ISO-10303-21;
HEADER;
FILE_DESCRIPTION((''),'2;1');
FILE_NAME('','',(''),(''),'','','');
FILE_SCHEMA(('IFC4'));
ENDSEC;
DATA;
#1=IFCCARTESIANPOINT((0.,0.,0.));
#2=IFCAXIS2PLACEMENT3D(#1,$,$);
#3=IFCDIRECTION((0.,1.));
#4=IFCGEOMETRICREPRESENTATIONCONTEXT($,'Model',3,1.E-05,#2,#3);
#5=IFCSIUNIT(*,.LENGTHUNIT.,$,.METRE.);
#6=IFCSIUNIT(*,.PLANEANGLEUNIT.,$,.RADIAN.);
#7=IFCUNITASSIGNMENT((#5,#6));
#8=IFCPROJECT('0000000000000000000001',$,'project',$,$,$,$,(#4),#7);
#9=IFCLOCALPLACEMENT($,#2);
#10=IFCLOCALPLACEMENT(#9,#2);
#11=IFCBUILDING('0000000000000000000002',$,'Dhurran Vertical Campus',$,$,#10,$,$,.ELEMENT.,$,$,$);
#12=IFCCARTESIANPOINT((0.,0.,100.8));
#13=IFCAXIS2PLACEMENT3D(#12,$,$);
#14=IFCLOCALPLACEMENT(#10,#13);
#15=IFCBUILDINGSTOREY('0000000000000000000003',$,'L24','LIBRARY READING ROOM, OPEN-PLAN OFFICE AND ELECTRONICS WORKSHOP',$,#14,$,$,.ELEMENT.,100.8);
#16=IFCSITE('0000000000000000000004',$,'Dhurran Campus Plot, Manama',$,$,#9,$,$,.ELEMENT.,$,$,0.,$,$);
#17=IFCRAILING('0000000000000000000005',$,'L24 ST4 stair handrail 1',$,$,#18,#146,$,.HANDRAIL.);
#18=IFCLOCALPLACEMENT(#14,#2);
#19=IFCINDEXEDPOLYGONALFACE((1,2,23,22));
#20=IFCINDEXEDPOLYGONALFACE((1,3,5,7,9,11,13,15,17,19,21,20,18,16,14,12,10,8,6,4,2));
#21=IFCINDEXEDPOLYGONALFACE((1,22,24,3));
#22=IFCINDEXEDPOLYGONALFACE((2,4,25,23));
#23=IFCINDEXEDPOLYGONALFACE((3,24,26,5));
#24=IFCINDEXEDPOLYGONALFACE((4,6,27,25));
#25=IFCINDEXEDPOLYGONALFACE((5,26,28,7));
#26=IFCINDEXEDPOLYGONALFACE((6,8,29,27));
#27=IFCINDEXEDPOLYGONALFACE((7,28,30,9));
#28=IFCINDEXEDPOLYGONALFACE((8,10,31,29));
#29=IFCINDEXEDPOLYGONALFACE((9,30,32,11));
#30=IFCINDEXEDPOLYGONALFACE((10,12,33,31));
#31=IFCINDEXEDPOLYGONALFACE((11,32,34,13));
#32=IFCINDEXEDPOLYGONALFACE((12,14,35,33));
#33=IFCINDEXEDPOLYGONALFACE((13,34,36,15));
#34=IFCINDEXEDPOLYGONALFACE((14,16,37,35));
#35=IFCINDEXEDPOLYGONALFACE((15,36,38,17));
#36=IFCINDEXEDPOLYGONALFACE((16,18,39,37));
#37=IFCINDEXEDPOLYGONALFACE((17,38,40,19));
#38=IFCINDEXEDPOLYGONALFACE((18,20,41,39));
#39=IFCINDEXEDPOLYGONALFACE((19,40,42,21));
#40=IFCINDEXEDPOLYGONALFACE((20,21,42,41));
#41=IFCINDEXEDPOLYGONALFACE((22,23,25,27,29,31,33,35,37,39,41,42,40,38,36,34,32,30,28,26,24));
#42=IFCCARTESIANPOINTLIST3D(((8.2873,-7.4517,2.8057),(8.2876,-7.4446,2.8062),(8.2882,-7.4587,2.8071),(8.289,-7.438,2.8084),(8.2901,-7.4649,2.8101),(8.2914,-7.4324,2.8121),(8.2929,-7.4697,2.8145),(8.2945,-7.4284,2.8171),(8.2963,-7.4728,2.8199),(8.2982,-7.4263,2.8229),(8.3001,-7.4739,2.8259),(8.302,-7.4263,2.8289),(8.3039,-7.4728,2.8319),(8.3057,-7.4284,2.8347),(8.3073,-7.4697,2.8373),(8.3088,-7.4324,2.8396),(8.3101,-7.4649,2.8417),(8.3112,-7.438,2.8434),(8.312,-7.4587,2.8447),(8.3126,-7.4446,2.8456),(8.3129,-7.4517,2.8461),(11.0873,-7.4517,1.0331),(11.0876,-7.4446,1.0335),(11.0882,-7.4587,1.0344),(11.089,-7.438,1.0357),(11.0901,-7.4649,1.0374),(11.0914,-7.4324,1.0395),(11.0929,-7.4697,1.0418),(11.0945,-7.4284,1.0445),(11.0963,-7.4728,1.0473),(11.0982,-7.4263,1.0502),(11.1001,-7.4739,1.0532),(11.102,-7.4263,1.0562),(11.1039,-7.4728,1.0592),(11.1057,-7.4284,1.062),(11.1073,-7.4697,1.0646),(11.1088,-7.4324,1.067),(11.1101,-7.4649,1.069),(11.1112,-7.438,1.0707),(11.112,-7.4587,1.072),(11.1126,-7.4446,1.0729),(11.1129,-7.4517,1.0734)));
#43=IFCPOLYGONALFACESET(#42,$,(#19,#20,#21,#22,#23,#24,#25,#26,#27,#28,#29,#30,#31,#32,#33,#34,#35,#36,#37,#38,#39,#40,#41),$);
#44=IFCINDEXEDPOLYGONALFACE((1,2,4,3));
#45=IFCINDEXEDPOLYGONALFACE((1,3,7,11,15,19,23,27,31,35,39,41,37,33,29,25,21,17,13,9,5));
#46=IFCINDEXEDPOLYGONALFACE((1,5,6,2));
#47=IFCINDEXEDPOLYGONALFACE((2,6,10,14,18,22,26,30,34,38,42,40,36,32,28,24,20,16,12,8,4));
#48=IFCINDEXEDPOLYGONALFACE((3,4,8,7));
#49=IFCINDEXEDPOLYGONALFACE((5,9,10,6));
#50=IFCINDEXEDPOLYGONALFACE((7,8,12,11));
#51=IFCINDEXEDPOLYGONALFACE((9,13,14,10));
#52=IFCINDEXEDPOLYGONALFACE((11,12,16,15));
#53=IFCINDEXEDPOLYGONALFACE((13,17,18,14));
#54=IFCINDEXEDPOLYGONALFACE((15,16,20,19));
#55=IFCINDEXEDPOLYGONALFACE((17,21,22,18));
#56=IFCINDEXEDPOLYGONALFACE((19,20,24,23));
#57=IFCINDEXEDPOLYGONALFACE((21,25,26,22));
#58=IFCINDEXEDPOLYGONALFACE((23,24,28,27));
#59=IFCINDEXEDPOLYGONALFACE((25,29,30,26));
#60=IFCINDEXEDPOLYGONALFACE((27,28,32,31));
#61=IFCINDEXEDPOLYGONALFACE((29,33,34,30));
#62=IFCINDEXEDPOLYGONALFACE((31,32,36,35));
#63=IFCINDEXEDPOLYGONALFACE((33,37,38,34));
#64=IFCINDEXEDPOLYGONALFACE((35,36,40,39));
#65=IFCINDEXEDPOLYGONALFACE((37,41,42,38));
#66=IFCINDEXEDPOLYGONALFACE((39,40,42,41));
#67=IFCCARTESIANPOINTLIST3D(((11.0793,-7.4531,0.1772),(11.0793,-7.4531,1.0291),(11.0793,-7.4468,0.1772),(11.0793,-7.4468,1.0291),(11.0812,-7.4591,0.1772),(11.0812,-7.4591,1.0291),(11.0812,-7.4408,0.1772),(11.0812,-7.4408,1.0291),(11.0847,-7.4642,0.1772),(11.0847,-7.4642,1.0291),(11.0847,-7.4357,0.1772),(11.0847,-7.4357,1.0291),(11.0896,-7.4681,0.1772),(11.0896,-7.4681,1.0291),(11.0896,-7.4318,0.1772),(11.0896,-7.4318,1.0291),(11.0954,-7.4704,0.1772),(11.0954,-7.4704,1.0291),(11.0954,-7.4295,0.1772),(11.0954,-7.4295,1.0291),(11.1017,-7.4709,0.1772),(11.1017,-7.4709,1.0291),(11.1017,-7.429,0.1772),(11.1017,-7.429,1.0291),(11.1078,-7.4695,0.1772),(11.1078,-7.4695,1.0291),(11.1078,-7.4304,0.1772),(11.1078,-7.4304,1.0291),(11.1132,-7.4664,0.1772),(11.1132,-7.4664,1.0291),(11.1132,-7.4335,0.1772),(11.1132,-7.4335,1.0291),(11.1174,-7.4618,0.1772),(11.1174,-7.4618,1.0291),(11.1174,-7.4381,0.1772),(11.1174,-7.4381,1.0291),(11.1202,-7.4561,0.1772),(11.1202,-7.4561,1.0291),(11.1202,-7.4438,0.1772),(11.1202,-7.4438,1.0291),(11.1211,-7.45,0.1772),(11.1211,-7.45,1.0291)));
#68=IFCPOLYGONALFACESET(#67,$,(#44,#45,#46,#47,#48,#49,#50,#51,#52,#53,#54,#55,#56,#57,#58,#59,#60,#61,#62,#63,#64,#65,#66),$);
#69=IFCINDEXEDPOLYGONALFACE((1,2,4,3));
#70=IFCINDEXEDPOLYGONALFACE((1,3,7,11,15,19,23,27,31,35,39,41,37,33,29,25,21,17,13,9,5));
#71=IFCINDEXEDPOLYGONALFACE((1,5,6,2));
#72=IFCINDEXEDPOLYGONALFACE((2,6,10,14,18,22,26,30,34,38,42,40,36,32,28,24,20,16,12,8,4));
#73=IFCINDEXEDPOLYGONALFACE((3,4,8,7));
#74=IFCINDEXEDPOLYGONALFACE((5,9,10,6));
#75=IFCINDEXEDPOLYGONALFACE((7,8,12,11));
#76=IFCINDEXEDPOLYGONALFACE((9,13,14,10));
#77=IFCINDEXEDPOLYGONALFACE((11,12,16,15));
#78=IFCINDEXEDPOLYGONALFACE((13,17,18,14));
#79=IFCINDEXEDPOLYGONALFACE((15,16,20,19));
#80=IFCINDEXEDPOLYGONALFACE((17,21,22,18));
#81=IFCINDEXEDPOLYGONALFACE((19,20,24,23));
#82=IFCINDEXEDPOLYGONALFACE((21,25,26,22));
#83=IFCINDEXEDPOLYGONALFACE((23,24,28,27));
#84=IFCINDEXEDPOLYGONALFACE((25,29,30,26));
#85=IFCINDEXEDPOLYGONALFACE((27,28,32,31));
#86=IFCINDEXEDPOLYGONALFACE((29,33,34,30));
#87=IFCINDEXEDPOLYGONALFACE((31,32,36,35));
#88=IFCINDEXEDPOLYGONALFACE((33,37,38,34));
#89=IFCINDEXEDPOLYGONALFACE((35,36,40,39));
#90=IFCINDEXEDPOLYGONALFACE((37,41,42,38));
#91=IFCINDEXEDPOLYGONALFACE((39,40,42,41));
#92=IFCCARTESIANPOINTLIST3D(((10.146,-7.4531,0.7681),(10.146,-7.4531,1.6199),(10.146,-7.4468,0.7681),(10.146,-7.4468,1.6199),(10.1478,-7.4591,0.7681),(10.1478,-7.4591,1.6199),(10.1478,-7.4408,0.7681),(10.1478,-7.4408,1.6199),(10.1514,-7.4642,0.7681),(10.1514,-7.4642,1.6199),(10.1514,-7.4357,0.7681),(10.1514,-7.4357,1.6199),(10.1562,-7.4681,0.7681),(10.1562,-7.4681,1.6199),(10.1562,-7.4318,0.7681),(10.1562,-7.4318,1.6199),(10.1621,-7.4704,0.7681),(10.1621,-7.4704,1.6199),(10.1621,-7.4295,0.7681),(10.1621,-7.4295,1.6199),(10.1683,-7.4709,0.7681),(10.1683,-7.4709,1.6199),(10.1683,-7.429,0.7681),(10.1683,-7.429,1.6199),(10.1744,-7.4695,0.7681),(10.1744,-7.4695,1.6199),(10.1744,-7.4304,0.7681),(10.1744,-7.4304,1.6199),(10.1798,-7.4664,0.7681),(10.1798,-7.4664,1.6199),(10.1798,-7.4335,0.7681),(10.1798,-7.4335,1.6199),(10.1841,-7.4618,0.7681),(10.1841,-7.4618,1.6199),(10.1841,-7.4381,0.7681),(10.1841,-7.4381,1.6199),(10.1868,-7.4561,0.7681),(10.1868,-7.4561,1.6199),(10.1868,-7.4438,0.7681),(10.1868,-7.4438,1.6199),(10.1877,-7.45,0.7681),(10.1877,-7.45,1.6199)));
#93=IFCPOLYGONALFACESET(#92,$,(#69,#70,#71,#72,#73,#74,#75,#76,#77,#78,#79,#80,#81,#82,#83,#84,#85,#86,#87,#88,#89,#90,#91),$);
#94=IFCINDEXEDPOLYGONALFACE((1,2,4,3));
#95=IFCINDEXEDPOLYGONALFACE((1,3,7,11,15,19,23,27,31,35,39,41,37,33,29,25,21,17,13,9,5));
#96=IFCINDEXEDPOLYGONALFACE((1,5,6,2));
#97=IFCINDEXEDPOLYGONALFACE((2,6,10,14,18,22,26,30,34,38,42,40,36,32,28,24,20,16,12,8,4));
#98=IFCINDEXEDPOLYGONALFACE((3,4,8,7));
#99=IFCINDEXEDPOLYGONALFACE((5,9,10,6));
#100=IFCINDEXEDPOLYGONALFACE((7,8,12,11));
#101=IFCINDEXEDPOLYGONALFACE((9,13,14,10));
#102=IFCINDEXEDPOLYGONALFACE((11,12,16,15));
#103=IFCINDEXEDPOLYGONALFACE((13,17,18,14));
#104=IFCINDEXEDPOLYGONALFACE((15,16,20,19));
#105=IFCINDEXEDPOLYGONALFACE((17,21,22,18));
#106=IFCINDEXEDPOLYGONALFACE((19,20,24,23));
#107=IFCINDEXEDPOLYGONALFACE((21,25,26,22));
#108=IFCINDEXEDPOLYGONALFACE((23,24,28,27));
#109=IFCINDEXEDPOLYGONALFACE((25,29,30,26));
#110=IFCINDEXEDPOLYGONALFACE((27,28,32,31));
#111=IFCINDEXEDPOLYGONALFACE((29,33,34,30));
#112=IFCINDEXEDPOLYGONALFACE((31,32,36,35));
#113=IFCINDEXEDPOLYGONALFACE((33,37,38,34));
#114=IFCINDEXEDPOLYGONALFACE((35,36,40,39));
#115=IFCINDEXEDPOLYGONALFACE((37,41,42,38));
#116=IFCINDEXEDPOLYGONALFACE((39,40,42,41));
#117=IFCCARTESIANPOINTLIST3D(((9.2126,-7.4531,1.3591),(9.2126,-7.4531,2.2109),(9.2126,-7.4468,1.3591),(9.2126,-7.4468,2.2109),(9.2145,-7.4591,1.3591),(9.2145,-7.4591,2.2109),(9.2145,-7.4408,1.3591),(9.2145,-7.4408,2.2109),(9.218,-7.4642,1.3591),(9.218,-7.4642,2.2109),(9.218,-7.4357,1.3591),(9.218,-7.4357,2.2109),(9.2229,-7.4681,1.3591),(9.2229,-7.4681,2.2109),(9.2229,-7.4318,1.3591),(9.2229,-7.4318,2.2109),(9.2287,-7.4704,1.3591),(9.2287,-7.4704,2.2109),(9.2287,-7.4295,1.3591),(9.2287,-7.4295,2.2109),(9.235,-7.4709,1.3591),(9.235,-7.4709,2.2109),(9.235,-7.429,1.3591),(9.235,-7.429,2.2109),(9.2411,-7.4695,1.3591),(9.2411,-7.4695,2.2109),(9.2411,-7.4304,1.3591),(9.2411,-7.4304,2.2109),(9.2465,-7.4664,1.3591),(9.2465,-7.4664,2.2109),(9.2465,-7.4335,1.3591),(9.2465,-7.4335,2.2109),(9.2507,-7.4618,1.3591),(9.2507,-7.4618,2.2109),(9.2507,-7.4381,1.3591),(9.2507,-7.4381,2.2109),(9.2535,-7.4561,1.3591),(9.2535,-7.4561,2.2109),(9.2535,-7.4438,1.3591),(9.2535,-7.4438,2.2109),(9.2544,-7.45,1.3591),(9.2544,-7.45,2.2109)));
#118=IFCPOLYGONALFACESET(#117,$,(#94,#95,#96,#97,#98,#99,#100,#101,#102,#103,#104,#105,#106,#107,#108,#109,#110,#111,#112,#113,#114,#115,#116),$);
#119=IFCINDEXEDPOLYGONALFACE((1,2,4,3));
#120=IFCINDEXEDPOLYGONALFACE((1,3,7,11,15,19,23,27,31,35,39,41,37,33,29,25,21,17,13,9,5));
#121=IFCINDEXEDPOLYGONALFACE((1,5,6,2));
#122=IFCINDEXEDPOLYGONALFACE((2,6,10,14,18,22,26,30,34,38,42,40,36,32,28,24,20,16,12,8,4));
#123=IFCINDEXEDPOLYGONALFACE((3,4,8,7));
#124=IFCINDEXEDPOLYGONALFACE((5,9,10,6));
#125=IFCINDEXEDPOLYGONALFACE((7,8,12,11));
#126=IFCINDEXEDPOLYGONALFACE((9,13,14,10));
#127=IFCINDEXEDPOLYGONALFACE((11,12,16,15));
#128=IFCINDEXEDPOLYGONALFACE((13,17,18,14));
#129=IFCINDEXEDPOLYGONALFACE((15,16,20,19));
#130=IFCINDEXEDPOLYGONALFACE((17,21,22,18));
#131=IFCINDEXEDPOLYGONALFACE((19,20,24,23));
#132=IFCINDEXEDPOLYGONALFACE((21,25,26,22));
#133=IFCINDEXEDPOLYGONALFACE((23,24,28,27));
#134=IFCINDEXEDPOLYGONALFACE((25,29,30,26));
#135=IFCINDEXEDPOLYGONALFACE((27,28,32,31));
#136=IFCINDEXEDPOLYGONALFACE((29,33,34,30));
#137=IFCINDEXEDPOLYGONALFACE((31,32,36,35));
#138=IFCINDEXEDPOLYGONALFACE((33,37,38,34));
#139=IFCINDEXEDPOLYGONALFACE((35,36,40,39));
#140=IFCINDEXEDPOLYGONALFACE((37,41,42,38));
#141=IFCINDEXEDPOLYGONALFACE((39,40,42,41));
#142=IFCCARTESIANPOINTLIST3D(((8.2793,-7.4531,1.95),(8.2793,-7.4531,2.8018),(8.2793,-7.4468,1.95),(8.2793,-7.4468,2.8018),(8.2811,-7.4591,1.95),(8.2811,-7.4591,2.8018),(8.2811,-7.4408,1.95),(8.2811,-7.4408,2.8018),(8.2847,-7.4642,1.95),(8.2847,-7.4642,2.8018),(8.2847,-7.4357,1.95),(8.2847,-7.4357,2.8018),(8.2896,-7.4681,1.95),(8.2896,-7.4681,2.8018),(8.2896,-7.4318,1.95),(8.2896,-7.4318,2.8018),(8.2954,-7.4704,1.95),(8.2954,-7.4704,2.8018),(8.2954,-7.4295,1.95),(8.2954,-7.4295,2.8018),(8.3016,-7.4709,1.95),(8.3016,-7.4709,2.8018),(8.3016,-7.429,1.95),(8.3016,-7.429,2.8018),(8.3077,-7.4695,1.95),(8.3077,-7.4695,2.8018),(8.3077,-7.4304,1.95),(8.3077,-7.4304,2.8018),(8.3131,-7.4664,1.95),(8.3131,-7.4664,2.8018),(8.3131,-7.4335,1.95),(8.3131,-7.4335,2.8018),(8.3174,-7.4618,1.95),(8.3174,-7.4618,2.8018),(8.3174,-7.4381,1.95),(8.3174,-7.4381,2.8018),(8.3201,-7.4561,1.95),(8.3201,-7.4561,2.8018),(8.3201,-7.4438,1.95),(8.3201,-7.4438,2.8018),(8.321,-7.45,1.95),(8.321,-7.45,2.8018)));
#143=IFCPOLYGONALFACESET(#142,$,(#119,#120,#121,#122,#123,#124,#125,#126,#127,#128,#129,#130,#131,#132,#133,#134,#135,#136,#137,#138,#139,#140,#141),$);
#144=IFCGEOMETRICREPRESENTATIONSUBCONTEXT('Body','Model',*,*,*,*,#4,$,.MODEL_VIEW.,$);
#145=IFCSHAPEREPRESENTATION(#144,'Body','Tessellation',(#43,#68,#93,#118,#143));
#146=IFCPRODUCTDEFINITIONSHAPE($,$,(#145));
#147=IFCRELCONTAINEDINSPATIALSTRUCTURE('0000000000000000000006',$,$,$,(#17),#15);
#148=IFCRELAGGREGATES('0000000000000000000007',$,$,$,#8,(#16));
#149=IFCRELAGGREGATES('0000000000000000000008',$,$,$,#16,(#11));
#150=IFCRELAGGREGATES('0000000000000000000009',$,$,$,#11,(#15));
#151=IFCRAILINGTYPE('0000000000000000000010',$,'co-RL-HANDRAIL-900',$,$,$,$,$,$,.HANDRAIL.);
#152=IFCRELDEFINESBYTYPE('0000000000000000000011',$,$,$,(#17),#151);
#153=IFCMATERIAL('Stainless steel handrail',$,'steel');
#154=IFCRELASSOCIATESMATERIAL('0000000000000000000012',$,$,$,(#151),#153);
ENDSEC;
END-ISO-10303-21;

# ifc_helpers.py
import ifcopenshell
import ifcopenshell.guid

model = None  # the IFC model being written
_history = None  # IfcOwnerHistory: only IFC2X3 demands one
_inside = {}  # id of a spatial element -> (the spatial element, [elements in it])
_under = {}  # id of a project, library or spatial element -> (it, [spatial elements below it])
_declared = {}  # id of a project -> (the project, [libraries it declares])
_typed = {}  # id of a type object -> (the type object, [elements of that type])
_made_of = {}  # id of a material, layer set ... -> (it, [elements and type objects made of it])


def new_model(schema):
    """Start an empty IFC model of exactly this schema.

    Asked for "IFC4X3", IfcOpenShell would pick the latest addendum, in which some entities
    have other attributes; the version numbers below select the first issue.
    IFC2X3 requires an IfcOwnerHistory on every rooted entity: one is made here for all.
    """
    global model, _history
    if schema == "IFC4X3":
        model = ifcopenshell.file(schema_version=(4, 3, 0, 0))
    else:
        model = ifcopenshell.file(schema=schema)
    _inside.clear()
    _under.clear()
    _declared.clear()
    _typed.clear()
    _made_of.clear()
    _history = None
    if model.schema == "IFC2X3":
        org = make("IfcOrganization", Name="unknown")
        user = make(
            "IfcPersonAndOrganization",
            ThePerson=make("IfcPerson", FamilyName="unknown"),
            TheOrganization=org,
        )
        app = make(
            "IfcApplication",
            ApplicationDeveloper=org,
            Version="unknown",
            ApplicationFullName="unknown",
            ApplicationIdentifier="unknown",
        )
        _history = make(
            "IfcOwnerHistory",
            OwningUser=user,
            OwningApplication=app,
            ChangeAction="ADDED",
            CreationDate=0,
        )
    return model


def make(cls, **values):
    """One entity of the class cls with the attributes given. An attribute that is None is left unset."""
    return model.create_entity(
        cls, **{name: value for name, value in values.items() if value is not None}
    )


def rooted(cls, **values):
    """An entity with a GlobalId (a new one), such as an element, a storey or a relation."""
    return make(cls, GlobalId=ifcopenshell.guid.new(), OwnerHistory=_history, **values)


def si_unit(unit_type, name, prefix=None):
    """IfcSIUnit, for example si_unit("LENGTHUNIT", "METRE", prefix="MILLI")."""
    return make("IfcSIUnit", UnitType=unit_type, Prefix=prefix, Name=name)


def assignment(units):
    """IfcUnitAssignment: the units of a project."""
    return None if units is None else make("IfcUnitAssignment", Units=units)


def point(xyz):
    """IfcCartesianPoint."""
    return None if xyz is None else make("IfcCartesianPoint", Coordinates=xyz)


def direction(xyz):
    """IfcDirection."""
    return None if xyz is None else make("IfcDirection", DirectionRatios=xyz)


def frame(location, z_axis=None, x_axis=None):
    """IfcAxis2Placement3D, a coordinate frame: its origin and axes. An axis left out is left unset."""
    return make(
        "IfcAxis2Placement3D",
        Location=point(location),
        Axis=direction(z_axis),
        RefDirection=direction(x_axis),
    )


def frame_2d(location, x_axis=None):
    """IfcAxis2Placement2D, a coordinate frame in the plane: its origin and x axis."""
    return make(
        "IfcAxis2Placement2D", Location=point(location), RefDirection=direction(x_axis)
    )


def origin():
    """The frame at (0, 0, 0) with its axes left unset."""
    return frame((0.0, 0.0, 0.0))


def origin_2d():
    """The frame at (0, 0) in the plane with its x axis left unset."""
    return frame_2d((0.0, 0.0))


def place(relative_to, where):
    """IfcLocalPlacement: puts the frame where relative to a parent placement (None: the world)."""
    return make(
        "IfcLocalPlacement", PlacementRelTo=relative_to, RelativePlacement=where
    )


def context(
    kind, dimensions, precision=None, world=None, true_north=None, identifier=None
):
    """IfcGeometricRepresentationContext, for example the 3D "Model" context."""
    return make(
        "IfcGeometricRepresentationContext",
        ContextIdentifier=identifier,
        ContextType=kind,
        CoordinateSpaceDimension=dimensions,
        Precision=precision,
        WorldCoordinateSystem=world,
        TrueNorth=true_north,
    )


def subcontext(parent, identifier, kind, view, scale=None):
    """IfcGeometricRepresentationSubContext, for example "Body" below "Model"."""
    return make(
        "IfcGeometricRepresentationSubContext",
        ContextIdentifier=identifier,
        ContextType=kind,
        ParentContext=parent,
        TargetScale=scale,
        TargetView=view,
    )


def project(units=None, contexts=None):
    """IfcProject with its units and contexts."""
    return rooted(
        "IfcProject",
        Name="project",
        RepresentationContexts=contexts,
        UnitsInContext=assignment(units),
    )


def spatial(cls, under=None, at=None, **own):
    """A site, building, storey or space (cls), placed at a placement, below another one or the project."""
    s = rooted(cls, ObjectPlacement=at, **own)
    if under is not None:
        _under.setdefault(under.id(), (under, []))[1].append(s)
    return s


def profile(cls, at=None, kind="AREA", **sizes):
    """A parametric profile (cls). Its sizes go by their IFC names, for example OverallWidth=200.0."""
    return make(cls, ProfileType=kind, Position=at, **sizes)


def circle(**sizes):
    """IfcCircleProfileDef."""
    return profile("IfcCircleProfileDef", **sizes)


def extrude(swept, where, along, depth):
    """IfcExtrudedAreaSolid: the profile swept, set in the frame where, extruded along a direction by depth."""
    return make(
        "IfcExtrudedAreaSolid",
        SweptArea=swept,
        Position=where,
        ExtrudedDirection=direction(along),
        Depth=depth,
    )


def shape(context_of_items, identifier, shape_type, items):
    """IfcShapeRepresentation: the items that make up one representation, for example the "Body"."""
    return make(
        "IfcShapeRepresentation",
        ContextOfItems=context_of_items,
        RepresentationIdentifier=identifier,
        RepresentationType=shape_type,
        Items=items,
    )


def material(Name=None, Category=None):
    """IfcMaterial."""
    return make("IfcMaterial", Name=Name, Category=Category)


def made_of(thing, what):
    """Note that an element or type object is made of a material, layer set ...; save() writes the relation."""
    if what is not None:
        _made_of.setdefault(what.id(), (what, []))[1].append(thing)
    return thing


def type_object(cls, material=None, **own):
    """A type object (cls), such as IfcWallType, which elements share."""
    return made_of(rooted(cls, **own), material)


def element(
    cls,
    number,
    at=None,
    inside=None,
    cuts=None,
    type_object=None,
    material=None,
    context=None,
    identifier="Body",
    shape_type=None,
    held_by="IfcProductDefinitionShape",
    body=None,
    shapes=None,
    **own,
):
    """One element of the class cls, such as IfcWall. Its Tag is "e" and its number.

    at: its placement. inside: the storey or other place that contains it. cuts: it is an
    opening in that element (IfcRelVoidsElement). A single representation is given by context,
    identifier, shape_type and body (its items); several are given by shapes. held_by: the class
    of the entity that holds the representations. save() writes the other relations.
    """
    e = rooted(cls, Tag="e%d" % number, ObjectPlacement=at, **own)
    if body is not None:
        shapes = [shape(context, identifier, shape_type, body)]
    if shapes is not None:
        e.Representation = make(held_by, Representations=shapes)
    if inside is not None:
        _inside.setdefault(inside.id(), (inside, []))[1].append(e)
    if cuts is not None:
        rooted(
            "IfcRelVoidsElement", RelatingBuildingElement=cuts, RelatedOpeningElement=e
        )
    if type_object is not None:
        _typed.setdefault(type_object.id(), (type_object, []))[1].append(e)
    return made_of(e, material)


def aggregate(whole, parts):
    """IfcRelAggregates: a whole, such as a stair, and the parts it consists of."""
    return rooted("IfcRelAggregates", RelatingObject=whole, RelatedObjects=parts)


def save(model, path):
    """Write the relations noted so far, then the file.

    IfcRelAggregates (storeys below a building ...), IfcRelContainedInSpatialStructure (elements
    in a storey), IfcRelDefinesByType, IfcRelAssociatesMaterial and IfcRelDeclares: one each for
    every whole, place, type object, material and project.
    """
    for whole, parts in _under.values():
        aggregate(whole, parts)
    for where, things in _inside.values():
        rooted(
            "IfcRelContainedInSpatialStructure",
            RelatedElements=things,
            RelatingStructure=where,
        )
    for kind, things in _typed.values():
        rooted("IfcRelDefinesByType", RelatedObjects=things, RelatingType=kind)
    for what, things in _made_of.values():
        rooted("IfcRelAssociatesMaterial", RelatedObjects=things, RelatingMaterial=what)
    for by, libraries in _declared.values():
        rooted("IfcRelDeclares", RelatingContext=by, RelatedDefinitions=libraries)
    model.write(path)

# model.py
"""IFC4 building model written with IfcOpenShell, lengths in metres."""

from ifc_helpers import new_model, si_unit, direction, frame, origin, origin_2d, place, context, subcontext, project, spatial, circle, extrude, material, type_object, element, save


model = new_model("IFC4")

# Units and contexts
model_context = context("Model", 3, precision=1e-05, world=origin(), true_north=direction((0.0, 1.0)))
body_context = subcontext(model_context, "Body", "Model", "MODEL_VIEW")
ifc_project = project(units=[si_unit("LENGTHUNIT", "METRE"), si_unit("PLANEANGLEUNIT", "RADIAN")], contexts=[model_context])

# Site, building, storey
site_placement = place(None, origin())
site = spatial("IfcSite", under=ifc_project, at=site_placement, Name="Dhurran Campus Plot, Manama", CompositionType="ELEMENT", RefElevation=0.0)
building_placement = place(site_placement, origin())
building = spatial("IfcBuilding", under=site, at=building_placement, Name="Dhurran Vertical Campus", CompositionType="ELEMENT")
storey_placement = place(building_placement, frame((0.0, 0.0, 100.8)))
storey = spatial("IfcBuildingStorey", under=building, at=storey_placement, Name="L24", Description="LIBRARY READING ROOM, OPEN-PLAN OFFICE AND ELECTRONICS WORKSHOP", CompositionType="ELEMENT", Elevation=100.8)

# Railing
ifc_material_1 = material(Name="Stainless steel handrail", Category="steel")
railing_type_1 = type_object("IfcRailingType", Name="co-RL-HANDRAIL-900", PredefinedType="HANDRAIL", material=ifc_material_1)
railing_1_placement = place(storey_placement, frame((11.1001, -7.45, 0.1772)))
element("IfcRailing", 1, at=railing_1_placement, inside=storey, type_object=railing_type_1, Name="L24 ST4 stair handrail 1", PredefinedType="HANDRAIL", context=body_context, shape_type="SweptSolid", body=[
    extrude(circle(Radius=0.0239, at=origin_2d()), frame((0.0, 0.0, 0.876), z_axis=(-0.844909, 0.0, 0.53491), x_axis=(0.0, -1.0, 0.0)), (0.0, 0.0, 1.0), 3.314),
    extrude(circle(Radius=0.021, at=origin_2d()), origin(), (0.0, 0.0, 1.0), 0.8518),
    extrude(circle(Radius=0.021, at=origin_2d()), frame((-0.9333, 0.0, 0.5908)), (0.0, 0.0, 1.0), 0.8518),
    extrude(circle(Radius=0.021, at=origin_2d()), frame((-1.8667, 0.0, 1.1819)), (0.0, 0.0, 1.0), 0.8518),
    extrude(circle(Radius=0.021, at=origin_2d()), frame((-2.8, 0.0, 1.7727)), (0.0, 0.0, 1.0), 0.8518),
])

save(model, "model.ifc")
